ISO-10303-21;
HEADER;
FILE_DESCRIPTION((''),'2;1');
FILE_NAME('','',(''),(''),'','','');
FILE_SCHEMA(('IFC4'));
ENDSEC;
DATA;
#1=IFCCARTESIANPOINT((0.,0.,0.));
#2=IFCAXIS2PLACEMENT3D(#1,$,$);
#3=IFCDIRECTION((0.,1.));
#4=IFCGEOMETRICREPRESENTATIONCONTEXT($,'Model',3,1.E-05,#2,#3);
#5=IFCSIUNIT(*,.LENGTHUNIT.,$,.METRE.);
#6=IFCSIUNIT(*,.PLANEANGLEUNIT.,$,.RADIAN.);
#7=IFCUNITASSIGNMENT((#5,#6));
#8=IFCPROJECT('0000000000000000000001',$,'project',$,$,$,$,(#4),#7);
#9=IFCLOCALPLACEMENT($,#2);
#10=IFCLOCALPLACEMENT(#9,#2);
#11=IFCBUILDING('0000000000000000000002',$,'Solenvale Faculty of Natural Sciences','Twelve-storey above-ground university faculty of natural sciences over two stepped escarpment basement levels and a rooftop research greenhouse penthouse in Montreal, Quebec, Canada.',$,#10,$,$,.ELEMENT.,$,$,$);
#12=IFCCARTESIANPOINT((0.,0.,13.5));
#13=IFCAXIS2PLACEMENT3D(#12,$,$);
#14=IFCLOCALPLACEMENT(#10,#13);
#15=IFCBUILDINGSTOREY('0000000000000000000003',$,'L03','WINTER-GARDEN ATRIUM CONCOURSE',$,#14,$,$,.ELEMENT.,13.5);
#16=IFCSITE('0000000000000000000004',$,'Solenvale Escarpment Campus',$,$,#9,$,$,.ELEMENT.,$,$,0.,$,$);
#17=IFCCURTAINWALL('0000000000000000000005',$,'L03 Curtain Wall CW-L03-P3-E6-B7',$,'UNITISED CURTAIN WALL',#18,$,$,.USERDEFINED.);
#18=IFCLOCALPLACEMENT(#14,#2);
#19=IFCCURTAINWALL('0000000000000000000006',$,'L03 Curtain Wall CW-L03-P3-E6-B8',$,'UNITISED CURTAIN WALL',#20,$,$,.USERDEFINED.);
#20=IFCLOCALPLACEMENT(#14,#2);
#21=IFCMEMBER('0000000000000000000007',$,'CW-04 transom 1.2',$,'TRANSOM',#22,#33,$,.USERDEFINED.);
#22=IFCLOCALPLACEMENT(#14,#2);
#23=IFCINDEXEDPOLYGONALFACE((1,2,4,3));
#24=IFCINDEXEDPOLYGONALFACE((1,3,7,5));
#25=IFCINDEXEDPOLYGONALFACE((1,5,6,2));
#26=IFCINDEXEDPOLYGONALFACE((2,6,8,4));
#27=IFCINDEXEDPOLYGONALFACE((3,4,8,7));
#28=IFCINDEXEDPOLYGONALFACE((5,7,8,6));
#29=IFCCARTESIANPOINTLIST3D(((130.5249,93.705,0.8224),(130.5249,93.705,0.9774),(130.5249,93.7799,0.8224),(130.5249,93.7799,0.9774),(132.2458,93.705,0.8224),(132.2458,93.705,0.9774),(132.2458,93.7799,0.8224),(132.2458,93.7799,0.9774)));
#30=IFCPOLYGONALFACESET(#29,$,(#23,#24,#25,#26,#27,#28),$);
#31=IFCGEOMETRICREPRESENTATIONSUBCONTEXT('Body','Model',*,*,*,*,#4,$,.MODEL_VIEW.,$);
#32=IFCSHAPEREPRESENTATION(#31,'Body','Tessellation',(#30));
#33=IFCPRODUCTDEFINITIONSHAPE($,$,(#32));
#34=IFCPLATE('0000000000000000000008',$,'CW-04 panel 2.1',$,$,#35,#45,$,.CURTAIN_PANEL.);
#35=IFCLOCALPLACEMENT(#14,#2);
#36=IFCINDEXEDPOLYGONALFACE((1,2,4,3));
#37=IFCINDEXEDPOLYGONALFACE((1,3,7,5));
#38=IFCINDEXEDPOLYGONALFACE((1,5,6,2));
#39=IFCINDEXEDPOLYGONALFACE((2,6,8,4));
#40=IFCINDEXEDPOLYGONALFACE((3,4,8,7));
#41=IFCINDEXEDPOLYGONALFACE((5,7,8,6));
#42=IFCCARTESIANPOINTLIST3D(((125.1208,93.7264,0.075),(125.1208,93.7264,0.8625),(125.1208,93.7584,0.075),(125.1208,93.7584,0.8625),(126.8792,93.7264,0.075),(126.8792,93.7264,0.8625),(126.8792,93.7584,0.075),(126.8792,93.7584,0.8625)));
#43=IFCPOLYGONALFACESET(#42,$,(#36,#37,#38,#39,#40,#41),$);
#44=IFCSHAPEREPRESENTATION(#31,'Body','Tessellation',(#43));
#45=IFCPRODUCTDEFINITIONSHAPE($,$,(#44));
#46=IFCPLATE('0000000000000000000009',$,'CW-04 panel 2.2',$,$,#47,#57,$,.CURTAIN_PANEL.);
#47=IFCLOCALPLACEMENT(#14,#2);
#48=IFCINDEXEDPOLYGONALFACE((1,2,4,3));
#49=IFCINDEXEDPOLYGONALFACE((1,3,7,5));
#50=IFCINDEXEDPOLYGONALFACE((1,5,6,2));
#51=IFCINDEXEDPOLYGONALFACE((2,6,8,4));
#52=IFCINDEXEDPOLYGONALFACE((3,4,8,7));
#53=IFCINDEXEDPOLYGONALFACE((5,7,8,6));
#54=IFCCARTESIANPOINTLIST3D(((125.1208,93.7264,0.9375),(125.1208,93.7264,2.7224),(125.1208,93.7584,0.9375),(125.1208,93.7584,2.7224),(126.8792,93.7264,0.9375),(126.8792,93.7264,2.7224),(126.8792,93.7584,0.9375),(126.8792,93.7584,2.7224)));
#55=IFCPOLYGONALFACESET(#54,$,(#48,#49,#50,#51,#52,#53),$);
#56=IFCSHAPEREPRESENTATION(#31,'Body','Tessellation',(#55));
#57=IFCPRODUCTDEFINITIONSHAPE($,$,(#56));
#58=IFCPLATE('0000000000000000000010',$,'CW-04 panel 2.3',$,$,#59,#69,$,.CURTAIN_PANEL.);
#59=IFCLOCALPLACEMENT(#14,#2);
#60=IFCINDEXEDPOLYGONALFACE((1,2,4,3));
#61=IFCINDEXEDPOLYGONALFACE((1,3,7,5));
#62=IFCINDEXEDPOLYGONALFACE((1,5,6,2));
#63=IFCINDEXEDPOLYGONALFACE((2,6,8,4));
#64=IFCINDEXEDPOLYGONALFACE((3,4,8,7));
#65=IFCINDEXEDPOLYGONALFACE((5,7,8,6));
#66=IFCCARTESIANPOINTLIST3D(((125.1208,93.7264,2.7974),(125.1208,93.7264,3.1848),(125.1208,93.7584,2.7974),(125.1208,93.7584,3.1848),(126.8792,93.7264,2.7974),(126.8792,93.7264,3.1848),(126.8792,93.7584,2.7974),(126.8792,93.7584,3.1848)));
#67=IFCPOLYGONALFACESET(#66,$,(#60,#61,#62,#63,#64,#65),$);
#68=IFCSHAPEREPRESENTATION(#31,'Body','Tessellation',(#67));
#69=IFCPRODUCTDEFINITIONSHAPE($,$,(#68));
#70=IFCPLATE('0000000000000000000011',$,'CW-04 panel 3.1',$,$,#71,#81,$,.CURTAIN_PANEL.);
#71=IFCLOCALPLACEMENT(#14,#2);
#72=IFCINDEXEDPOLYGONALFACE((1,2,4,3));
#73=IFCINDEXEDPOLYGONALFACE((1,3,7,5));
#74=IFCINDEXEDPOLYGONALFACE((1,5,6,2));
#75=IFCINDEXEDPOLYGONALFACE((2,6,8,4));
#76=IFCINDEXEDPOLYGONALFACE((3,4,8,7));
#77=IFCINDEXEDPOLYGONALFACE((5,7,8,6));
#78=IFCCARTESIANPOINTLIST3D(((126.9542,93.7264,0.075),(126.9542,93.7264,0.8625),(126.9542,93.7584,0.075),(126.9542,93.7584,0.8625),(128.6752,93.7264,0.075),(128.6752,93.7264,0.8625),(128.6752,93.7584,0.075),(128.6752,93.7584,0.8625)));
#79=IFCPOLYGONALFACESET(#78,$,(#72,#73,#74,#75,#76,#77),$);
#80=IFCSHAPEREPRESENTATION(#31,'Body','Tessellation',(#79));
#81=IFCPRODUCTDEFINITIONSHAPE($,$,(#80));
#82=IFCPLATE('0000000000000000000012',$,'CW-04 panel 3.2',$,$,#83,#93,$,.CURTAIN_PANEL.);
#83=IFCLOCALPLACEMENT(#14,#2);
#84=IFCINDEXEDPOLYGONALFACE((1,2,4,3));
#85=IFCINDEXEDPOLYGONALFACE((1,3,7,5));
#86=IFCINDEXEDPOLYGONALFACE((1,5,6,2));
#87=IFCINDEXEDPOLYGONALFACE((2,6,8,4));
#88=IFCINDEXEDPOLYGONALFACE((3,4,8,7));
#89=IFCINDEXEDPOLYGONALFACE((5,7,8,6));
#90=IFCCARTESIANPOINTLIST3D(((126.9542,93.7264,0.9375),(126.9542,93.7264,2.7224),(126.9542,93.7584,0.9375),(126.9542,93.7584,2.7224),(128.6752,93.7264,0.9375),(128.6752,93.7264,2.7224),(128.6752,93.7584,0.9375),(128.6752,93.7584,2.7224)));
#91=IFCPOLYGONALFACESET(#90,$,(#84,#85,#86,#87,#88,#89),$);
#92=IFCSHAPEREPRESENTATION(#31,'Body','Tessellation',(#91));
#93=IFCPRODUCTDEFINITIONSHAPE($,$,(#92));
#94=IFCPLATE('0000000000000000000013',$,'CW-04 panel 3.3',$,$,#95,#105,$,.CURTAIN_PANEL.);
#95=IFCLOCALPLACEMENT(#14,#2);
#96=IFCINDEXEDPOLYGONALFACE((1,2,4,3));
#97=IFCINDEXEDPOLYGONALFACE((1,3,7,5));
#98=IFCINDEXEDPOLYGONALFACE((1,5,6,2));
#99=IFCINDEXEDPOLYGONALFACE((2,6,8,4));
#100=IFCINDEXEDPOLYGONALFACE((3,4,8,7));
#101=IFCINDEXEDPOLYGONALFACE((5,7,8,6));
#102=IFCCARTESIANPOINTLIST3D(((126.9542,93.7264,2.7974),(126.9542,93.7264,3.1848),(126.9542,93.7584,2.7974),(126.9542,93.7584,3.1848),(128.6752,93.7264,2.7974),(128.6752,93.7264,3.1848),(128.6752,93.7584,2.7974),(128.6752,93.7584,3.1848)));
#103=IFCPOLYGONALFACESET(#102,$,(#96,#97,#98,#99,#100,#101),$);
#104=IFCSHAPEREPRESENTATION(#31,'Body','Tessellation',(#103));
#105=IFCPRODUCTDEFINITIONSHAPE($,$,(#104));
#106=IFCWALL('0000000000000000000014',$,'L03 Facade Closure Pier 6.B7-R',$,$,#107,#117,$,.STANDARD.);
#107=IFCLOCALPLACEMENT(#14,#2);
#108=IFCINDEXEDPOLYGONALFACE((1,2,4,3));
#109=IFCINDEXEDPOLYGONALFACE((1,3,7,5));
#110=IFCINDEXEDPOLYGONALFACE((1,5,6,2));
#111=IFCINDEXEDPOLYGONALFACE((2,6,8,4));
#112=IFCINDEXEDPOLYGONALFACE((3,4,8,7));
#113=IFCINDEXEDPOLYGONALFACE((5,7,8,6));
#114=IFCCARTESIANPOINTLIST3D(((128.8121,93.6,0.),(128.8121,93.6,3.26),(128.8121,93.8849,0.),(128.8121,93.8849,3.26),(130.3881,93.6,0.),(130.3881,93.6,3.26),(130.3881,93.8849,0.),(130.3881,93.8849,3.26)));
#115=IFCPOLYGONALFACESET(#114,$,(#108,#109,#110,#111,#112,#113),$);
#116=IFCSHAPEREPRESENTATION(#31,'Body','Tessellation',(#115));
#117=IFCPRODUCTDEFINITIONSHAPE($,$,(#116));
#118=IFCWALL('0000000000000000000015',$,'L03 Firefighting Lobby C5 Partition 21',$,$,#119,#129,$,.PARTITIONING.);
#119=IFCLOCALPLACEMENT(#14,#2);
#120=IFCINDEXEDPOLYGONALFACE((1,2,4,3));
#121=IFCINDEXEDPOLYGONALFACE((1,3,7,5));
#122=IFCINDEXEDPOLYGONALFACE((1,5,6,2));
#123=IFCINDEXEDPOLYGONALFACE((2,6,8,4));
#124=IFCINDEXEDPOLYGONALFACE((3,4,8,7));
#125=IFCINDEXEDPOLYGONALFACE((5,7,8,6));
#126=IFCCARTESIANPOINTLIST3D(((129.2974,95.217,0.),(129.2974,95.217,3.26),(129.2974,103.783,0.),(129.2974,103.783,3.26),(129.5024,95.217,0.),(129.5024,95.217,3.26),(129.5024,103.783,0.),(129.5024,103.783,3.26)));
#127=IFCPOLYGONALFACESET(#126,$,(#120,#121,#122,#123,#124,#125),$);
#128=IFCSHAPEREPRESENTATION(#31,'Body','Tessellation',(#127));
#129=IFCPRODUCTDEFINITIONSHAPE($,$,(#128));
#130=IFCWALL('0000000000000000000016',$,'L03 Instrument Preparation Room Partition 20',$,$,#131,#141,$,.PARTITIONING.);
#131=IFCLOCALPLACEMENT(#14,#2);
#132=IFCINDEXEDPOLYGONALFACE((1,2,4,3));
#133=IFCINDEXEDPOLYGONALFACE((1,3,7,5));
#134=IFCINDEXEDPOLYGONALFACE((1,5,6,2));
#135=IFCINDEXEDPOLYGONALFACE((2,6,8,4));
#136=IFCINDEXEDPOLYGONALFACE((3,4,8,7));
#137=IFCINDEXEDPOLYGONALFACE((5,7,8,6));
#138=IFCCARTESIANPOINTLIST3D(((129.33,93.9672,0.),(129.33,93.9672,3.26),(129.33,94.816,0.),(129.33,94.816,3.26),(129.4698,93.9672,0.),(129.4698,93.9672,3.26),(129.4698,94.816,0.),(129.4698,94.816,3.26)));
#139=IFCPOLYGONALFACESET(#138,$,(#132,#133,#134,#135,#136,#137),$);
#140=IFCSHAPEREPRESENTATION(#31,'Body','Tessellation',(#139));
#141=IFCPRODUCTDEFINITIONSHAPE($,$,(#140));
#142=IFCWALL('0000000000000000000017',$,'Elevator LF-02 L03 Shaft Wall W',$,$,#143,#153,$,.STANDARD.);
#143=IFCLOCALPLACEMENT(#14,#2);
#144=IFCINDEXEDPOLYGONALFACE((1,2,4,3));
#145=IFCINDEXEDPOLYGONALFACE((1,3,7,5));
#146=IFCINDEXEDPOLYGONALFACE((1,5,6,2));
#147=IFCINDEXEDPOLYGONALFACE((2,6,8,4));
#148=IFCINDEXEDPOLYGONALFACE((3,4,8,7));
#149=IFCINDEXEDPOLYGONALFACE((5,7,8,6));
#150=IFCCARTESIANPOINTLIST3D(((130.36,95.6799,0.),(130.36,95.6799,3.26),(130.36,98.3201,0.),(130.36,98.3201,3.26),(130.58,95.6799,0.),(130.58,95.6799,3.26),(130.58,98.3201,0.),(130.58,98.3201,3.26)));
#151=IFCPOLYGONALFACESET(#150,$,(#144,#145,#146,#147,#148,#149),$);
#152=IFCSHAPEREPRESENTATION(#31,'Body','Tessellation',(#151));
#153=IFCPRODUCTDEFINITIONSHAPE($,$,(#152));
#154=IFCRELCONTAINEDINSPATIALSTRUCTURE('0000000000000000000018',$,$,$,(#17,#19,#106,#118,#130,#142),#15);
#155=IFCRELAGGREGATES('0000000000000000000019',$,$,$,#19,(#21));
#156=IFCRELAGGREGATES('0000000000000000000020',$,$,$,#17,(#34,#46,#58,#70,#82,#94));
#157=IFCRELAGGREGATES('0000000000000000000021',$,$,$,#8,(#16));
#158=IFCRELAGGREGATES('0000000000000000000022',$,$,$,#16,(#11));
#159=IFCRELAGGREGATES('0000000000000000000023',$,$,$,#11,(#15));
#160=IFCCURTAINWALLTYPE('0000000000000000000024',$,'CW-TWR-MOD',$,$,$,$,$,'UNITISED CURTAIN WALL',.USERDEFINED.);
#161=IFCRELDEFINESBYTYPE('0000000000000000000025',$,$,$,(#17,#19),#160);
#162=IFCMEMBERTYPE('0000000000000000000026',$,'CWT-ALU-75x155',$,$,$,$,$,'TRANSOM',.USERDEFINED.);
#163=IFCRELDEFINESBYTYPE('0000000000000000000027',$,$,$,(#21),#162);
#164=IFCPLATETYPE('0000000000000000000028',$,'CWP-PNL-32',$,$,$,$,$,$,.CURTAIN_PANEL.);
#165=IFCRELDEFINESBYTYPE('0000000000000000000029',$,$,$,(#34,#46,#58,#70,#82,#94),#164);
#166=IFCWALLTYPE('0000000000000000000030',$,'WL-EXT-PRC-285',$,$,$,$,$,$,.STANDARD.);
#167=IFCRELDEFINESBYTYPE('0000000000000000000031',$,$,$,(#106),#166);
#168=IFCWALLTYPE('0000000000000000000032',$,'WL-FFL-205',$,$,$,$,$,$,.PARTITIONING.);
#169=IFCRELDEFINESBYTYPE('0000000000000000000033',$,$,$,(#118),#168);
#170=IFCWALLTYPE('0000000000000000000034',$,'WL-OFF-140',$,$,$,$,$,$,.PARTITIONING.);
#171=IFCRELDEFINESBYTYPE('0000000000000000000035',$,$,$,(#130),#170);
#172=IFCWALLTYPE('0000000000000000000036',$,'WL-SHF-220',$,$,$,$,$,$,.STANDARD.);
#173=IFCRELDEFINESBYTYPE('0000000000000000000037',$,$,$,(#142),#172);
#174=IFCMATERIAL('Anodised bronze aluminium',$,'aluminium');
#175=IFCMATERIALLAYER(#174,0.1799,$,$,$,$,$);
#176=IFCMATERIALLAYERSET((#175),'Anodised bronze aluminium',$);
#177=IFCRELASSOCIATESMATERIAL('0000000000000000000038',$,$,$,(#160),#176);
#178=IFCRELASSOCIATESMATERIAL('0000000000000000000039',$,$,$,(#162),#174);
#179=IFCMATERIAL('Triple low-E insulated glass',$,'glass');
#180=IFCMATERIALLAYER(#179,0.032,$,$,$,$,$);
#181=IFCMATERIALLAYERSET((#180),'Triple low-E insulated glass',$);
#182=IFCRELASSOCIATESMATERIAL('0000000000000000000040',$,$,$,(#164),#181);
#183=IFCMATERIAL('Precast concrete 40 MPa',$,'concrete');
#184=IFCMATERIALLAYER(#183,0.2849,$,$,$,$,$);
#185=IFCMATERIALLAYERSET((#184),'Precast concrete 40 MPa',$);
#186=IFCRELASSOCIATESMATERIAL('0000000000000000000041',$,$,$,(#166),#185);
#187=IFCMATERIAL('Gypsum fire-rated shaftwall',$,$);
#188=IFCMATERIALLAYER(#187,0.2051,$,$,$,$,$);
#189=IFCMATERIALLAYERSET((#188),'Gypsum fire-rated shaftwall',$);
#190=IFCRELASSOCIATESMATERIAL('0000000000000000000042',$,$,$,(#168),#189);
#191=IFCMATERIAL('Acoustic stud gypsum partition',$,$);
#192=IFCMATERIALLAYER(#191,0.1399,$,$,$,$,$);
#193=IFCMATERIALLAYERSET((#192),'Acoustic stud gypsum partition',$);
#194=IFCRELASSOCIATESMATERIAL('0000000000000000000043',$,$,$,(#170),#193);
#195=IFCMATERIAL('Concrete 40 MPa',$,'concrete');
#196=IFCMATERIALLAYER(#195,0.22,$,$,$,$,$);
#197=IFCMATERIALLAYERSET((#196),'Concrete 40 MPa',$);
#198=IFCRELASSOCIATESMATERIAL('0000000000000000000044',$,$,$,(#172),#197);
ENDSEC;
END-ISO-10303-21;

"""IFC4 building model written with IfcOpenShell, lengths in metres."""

from ifc_helpers import new_model, si_unit, direction, frame, frame_2d, origin, origin_2d, place, context, subcontext, project, spatial, rectangle, extrude, material, layer, layer_set, material_profile, profile_set, type_object, element, aggregate, save


model = new_model("IFC4")

# Units and contexts
model_context = context("Model", 3, precision=1e-05, world=origin(), true_north=direction((0.0, 1.0)))
body_context = subcontext(model_context, "Body", "Model", "MODEL_VIEW")
ifc_project = project(units=[si_unit("LENGTHUNIT", "METRE"), si_unit("PLANEANGLEUNIT", "RADIAN")], contexts=[model_context])

# Site, building, storey
site_placement = place(None, origin())
site = spatial("IfcSite", under=ifc_project, at=site_placement, Name="Solenvale Escarpment Campus", CompositionType="ELEMENT", RefElevation=0.0)
building_placement = place(site_placement, origin())
building = spatial("IfcBuilding", under=site, at=building_placement, Name="Solenvale Faculty of Natural Sciences", Description="Twelve-storey above-ground university faculty of natural sciences over two stepped escarpment basement levels and a rooftop research greenhouse penthouse in Montreal, Quebec, Canada.", CompositionType="ELEMENT")
storey_placement = place(building_placement, frame((0.0, 0.0, 13.5)))
storey = spatial("IfcBuildingStorey", under=building, at=storey_placement, Name="L03", Description="WINTER-GARDEN ATRIUM CONCOURSE", CompositionType="ELEMENT", Elevation=13.5)

# Shared definitions
ifc_material_1 = material(Name="Concrete 40 MPa", Category="concrete")

# Curtain wall
ifc_material_2 = material(Name="Anodised bronze aluminium", Category="aluminium")
ifc_layer_1 = layer(ifc_material_2, 0.1799)
ifc_layer_set_1 = layer_set([ifc_layer_1], Name="Anodised bronze aluminium")
curtain_wall_type = type_object("IfcCurtainWallType", Name="CW-TWR-MOD", ElementType="UNITISED CURTAIN WALL", PredefinedType="USERDEFINED", material=ifc_layer_set_1)
curtain_wall_1_placement = place(storey_placement, origin())
curtain_wall_1 = element("IfcCurtainWall", 1, at=curtain_wall_1_placement, inside=storey, type_object=curtain_wall_type, Name="L03 Curtain Wall CW-L03-P3-E6-B7", ObjectType="UNITISED CURTAIN WALL", PredefinedType="USERDEFINED")

# Curtain wall
curtain_wall_2_placement = place(storey_placement, origin())
curtain_wall_2 = element("IfcCurtainWall", 2, at=curtain_wall_2_placement, inside=storey, type_object=curtain_wall_type, Name="L03 Curtain Wall CW-L03-P3-E6-B8", ObjectType="UNITISED CURTAIN WALL", PredefinedType="USERDEFINED")

# Member
ifc_material_profile_1 = material_profile(ifc_material_2, rectangle(XDim=0.075, YDim=0.155, at=origin_2d()), Name="ALU-TRN-75x155")
ifc_profile_set_1 = profile_set([ifc_material_profile_1], Name="Anodised bronze aluminium")
member_type_1 = type_object("IfcMemberType", Name="CWT-ALU-75x155", ElementType="TRANSOM", PredefinedType="USERDEFINED", material=ifc_profile_set_1)
member_1_placement = place(storey_placement, frame((130.5249, 93.7424, 0.8999), z_axis=(1.0, 0.0, 0.0), x_axis=(0.0, 1.0, 0.0)))
member_1 = element("IfcMember", 3, at=member_1_placement, type_object=member_type_1, Name="CW-04 transom 1.2", ObjectType="TRANSOM", PredefinedType="USERDEFINED", context=body_context, shape_type="SweptSolid", body=[
    extrude(rectangle(XDim=0.075, YDim=0.155, at=origin_2d()), origin(), (0.0, 0.0, 1.0), 1.7209),
])
aggregate(curtain_wall_2, [member_1])

# Plates
ifc_material_3 = material(Name="Triple low-E insulated glass", Category="glass")
ifc_layer_2 = layer(ifc_material_3, 0.032)
ifc_layer_set_2 = layer_set([ifc_layer_2], Name="Triple low-E insulated glass")
plate_type = type_object("IfcPlateType", Name="CWP-PNL-32", PredefinedType="CURTAIN_PANEL", material=ifc_layer_set_2)
plate_1_placement = place(storey_placement, frame((126.0, 93.7424, 0.075), z_axis=(0.0, 0.0, 1.0), x_axis=(1.0, 0.0, 0.0)))
plate_1 = element("IfcPlate", 4, at=plate_1_placement, type_object=plate_type, Name="CW-04 panel 2.1", PredefinedType="CURTAIN_PANEL", context=body_context, shape_type="SweptSolid", body=[
    extrude(rectangle(XDim=1.7583, YDim=0.032, at=origin_2d()), origin(), (0.0, 0.0, 1.0), 0.7876),
])
plate_2_placement = place(storey_placement, frame((126.0, 93.7424, 0.9375), z_axis=(0.0, 0.0, 1.0), x_axis=(1.0, 0.0, 0.0)))
plate_2 = element("IfcPlate", 5, at=plate_2_placement, type_object=plate_type, Name="CW-04 panel 2.2", PredefinedType="CURTAIN_PANEL", context=body_context, shape_type="SweptSolid", body=[
    extrude(rectangle(XDim=1.7583, YDim=0.032, at=origin_2d()), origin(), (0.0, 0.0, 1.0), 1.7849),
])
plate_3_placement = place(storey_placement, frame((126.0, 93.7424, 2.7974), z_axis=(0.0, 0.0, 1.0), x_axis=(1.0, 0.0, 0.0)))
plate_3 = element("IfcPlate", 6, at=plate_3_placement, type_object=plate_type, Name="CW-04 panel 2.3", PredefinedType="CURTAIN_PANEL", context=body_context, shape_type="SweptSolid", body=[
    extrude(rectangle(XDim=1.7583, YDim=0.032, at=origin_2d()), origin(), (0.0, 0.0, 1.0), 0.3875),
])
plate_4_placement = place(storey_placement, frame((127.8147, 93.7424, 0.075), z_axis=(0.0, 0.0, 1.0), x_axis=(1.0, 0.0, 0.0)))
plate_4 = element("IfcPlate", 7, at=plate_4_placement, type_object=plate_type, Name="CW-04 panel 3.1", PredefinedType="CURTAIN_PANEL", context=body_context, shape_type="SweptSolid", body=[
    extrude(rectangle(XDim=1.7209, YDim=0.032, at=origin_2d()), origin(), (0.0, 0.0, 1.0), 0.7876),
])
plate_5_placement = place(storey_placement, frame((127.8147, 93.7424, 0.9375), z_axis=(0.0, 0.0, 1.0), x_axis=(1.0, 0.0, 0.0)))
plate_5 = element("IfcPlate", 8, at=plate_5_placement, type_object=plate_type, Name="CW-04 panel 3.2", PredefinedType="CURTAIN_PANEL", context=body_context, shape_type="SweptSolid", body=[
    extrude(rectangle(XDim=1.7209, YDim=0.032, at=origin_2d()), origin(), (0.0, 0.0, 1.0), 1.7849),
])
plate_6_placement = place(storey_placement, frame((127.8147, 93.7424, 2.7974), z_axis=(0.0, 0.0, 1.0), x_axis=(1.0, 0.0, 0.0)))
plate_6 = element("IfcPlate", 9, at=plate_6_placement, type_object=plate_type, Name="CW-04 panel 3.3", PredefinedType="CURTAIN_PANEL", context=body_context, shape_type="SweptSolid", body=[
    extrude(rectangle(XDim=1.7209, YDim=0.032, at=origin_2d()), origin(), (0.0, 0.0, 1.0), 0.3875),
])
aggregate(curtain_wall_1, [plate_1, plate_2, plate_3, plate_4, plate_5, plate_6])

# Walls
ifc_material_4 = material(Name="Precast concrete 40 MPa", Category="concrete")
ifc_layer_3 = layer(ifc_material_4, 0.2849)
ifc_layer_set_3 = layer_set([ifc_layer_3], Name="Precast concrete 40 MPa")
wall_type_1 = type_object("IfcWallType", Name="WL-EXT-PRC-285", PredefinedType="STANDARD", material=ifc_layer_set_3)
wall_1_placement = place(storey_placement, frame((128.812, 93.7424, 0.0), z_axis=(0.0, 0.0, 1.0), x_axis=(1.0, 0.0, 0.0)))
element("IfcWall", 10, at=wall_1_placement, inside=storey, type_object=wall_type_1, Name="L03 Facade Closure Pier 6.B7-R", PredefinedType="STANDARD", context=body_context, shape_type="SweptSolid", body=[
    extrude(rectangle(XDim=1.5759, YDim=0.2849, at=frame_2d((0.7881, 0.0))), origin(), (0.0, 0.0, 1.0), 3.26),
])
ifc_material_5 = material(Name="Gypsum fire-rated shaftwall")
ifc_layer_4 = layer(ifc_material_5, 0.2051)
ifc_layer_set_4 = layer_set([ifc_layer_4], Name="Gypsum fire-rated shaftwall")
wall_type_2 = type_object("IfcWallType", Name="WL-FFL-205", PredefinedType="PARTITIONING", material=ifc_layer_set_4)
wall_2_placement = place(storey_placement, frame((129.3999, 95.217, 0.0), z_axis=(0.0, 0.0, 1.0), x_axis=(0.0, 1.0, 0.0)))
element("IfcWall", 11, at=wall_2_placement, inside=storey, type_object=wall_type_2, Name="L03 Firefighting Lobby C5 Partition 21", PredefinedType="PARTITIONING", context=body_context, shape_type="SweptSolid", body=[
    extrude(rectangle(XDim=8.5659, YDim=0.2051, at=frame_2d((4.283, 0.0))), origin(), (0.0, 0.0, 1.0), 3.26),
])
ifc_material_6 = material(Name="Acoustic stud gypsum partition")
ifc_layer_5 = layer(ifc_material_6, 0.1399)
ifc_layer_set_5 = layer_set([ifc_layer_5], Name="Acoustic stud gypsum partition")
wall_type_3 = type_object("IfcWallType", Name="WL-OFF-140", PredefinedType="PARTITIONING", material=ifc_layer_set_5)
wall_3_placement = place(storey_placement, frame((129.3999, 94.8159, 0.0), z_axis=(0.0, 0.0, 1.0), x_axis=(0.0, -1.0, 0.0)))
element("IfcWall", 12, at=wall_3_placement, inside=storey, type_object=wall_type_3, Name="L03 Instrument Preparation Room Partition 20", PredefinedType="PARTITIONING", context=body_context, shape_type="SweptSolid", body=[
    extrude(rectangle(XDim=0.8489, YDim=0.1399, at=frame_2d((0.4243, 0.0))), origin(), (0.0, 0.0, 1.0), 3.26),
])
ifc_layer_6 = layer(ifc_material_1, 0.22)
ifc_layer_set_6 = layer_set([ifc_layer_6], Name="Concrete 40 MPa")
wall_type_4 = type_object("IfcWallType", Name="WL-SHF-220", PredefinedType="STANDARD", material=ifc_layer_set_6)
wall_4_placement = place(storey_placement, frame((130.47, 95.6799, 0.0), z_axis=(0.0, 0.0, 1.0), x_axis=(0.0, 1.0, 0.0)))
element("IfcWall", 13, at=wall_4_placement, inside=storey, type_object=wall_type_4, Name="Elevator LF-02 L03 Shaft Wall W", PredefinedType="STANDARD", context=body_context, shape_type="SweptSolid", body=[
    extrude(rectangle(XDim=2.6401, YDim=0.22, at=frame_2d((1.3201, 0.0))), origin(), (0.0, 0.0, 1.0), 3.26),
])

save(model, "model.ifc")
